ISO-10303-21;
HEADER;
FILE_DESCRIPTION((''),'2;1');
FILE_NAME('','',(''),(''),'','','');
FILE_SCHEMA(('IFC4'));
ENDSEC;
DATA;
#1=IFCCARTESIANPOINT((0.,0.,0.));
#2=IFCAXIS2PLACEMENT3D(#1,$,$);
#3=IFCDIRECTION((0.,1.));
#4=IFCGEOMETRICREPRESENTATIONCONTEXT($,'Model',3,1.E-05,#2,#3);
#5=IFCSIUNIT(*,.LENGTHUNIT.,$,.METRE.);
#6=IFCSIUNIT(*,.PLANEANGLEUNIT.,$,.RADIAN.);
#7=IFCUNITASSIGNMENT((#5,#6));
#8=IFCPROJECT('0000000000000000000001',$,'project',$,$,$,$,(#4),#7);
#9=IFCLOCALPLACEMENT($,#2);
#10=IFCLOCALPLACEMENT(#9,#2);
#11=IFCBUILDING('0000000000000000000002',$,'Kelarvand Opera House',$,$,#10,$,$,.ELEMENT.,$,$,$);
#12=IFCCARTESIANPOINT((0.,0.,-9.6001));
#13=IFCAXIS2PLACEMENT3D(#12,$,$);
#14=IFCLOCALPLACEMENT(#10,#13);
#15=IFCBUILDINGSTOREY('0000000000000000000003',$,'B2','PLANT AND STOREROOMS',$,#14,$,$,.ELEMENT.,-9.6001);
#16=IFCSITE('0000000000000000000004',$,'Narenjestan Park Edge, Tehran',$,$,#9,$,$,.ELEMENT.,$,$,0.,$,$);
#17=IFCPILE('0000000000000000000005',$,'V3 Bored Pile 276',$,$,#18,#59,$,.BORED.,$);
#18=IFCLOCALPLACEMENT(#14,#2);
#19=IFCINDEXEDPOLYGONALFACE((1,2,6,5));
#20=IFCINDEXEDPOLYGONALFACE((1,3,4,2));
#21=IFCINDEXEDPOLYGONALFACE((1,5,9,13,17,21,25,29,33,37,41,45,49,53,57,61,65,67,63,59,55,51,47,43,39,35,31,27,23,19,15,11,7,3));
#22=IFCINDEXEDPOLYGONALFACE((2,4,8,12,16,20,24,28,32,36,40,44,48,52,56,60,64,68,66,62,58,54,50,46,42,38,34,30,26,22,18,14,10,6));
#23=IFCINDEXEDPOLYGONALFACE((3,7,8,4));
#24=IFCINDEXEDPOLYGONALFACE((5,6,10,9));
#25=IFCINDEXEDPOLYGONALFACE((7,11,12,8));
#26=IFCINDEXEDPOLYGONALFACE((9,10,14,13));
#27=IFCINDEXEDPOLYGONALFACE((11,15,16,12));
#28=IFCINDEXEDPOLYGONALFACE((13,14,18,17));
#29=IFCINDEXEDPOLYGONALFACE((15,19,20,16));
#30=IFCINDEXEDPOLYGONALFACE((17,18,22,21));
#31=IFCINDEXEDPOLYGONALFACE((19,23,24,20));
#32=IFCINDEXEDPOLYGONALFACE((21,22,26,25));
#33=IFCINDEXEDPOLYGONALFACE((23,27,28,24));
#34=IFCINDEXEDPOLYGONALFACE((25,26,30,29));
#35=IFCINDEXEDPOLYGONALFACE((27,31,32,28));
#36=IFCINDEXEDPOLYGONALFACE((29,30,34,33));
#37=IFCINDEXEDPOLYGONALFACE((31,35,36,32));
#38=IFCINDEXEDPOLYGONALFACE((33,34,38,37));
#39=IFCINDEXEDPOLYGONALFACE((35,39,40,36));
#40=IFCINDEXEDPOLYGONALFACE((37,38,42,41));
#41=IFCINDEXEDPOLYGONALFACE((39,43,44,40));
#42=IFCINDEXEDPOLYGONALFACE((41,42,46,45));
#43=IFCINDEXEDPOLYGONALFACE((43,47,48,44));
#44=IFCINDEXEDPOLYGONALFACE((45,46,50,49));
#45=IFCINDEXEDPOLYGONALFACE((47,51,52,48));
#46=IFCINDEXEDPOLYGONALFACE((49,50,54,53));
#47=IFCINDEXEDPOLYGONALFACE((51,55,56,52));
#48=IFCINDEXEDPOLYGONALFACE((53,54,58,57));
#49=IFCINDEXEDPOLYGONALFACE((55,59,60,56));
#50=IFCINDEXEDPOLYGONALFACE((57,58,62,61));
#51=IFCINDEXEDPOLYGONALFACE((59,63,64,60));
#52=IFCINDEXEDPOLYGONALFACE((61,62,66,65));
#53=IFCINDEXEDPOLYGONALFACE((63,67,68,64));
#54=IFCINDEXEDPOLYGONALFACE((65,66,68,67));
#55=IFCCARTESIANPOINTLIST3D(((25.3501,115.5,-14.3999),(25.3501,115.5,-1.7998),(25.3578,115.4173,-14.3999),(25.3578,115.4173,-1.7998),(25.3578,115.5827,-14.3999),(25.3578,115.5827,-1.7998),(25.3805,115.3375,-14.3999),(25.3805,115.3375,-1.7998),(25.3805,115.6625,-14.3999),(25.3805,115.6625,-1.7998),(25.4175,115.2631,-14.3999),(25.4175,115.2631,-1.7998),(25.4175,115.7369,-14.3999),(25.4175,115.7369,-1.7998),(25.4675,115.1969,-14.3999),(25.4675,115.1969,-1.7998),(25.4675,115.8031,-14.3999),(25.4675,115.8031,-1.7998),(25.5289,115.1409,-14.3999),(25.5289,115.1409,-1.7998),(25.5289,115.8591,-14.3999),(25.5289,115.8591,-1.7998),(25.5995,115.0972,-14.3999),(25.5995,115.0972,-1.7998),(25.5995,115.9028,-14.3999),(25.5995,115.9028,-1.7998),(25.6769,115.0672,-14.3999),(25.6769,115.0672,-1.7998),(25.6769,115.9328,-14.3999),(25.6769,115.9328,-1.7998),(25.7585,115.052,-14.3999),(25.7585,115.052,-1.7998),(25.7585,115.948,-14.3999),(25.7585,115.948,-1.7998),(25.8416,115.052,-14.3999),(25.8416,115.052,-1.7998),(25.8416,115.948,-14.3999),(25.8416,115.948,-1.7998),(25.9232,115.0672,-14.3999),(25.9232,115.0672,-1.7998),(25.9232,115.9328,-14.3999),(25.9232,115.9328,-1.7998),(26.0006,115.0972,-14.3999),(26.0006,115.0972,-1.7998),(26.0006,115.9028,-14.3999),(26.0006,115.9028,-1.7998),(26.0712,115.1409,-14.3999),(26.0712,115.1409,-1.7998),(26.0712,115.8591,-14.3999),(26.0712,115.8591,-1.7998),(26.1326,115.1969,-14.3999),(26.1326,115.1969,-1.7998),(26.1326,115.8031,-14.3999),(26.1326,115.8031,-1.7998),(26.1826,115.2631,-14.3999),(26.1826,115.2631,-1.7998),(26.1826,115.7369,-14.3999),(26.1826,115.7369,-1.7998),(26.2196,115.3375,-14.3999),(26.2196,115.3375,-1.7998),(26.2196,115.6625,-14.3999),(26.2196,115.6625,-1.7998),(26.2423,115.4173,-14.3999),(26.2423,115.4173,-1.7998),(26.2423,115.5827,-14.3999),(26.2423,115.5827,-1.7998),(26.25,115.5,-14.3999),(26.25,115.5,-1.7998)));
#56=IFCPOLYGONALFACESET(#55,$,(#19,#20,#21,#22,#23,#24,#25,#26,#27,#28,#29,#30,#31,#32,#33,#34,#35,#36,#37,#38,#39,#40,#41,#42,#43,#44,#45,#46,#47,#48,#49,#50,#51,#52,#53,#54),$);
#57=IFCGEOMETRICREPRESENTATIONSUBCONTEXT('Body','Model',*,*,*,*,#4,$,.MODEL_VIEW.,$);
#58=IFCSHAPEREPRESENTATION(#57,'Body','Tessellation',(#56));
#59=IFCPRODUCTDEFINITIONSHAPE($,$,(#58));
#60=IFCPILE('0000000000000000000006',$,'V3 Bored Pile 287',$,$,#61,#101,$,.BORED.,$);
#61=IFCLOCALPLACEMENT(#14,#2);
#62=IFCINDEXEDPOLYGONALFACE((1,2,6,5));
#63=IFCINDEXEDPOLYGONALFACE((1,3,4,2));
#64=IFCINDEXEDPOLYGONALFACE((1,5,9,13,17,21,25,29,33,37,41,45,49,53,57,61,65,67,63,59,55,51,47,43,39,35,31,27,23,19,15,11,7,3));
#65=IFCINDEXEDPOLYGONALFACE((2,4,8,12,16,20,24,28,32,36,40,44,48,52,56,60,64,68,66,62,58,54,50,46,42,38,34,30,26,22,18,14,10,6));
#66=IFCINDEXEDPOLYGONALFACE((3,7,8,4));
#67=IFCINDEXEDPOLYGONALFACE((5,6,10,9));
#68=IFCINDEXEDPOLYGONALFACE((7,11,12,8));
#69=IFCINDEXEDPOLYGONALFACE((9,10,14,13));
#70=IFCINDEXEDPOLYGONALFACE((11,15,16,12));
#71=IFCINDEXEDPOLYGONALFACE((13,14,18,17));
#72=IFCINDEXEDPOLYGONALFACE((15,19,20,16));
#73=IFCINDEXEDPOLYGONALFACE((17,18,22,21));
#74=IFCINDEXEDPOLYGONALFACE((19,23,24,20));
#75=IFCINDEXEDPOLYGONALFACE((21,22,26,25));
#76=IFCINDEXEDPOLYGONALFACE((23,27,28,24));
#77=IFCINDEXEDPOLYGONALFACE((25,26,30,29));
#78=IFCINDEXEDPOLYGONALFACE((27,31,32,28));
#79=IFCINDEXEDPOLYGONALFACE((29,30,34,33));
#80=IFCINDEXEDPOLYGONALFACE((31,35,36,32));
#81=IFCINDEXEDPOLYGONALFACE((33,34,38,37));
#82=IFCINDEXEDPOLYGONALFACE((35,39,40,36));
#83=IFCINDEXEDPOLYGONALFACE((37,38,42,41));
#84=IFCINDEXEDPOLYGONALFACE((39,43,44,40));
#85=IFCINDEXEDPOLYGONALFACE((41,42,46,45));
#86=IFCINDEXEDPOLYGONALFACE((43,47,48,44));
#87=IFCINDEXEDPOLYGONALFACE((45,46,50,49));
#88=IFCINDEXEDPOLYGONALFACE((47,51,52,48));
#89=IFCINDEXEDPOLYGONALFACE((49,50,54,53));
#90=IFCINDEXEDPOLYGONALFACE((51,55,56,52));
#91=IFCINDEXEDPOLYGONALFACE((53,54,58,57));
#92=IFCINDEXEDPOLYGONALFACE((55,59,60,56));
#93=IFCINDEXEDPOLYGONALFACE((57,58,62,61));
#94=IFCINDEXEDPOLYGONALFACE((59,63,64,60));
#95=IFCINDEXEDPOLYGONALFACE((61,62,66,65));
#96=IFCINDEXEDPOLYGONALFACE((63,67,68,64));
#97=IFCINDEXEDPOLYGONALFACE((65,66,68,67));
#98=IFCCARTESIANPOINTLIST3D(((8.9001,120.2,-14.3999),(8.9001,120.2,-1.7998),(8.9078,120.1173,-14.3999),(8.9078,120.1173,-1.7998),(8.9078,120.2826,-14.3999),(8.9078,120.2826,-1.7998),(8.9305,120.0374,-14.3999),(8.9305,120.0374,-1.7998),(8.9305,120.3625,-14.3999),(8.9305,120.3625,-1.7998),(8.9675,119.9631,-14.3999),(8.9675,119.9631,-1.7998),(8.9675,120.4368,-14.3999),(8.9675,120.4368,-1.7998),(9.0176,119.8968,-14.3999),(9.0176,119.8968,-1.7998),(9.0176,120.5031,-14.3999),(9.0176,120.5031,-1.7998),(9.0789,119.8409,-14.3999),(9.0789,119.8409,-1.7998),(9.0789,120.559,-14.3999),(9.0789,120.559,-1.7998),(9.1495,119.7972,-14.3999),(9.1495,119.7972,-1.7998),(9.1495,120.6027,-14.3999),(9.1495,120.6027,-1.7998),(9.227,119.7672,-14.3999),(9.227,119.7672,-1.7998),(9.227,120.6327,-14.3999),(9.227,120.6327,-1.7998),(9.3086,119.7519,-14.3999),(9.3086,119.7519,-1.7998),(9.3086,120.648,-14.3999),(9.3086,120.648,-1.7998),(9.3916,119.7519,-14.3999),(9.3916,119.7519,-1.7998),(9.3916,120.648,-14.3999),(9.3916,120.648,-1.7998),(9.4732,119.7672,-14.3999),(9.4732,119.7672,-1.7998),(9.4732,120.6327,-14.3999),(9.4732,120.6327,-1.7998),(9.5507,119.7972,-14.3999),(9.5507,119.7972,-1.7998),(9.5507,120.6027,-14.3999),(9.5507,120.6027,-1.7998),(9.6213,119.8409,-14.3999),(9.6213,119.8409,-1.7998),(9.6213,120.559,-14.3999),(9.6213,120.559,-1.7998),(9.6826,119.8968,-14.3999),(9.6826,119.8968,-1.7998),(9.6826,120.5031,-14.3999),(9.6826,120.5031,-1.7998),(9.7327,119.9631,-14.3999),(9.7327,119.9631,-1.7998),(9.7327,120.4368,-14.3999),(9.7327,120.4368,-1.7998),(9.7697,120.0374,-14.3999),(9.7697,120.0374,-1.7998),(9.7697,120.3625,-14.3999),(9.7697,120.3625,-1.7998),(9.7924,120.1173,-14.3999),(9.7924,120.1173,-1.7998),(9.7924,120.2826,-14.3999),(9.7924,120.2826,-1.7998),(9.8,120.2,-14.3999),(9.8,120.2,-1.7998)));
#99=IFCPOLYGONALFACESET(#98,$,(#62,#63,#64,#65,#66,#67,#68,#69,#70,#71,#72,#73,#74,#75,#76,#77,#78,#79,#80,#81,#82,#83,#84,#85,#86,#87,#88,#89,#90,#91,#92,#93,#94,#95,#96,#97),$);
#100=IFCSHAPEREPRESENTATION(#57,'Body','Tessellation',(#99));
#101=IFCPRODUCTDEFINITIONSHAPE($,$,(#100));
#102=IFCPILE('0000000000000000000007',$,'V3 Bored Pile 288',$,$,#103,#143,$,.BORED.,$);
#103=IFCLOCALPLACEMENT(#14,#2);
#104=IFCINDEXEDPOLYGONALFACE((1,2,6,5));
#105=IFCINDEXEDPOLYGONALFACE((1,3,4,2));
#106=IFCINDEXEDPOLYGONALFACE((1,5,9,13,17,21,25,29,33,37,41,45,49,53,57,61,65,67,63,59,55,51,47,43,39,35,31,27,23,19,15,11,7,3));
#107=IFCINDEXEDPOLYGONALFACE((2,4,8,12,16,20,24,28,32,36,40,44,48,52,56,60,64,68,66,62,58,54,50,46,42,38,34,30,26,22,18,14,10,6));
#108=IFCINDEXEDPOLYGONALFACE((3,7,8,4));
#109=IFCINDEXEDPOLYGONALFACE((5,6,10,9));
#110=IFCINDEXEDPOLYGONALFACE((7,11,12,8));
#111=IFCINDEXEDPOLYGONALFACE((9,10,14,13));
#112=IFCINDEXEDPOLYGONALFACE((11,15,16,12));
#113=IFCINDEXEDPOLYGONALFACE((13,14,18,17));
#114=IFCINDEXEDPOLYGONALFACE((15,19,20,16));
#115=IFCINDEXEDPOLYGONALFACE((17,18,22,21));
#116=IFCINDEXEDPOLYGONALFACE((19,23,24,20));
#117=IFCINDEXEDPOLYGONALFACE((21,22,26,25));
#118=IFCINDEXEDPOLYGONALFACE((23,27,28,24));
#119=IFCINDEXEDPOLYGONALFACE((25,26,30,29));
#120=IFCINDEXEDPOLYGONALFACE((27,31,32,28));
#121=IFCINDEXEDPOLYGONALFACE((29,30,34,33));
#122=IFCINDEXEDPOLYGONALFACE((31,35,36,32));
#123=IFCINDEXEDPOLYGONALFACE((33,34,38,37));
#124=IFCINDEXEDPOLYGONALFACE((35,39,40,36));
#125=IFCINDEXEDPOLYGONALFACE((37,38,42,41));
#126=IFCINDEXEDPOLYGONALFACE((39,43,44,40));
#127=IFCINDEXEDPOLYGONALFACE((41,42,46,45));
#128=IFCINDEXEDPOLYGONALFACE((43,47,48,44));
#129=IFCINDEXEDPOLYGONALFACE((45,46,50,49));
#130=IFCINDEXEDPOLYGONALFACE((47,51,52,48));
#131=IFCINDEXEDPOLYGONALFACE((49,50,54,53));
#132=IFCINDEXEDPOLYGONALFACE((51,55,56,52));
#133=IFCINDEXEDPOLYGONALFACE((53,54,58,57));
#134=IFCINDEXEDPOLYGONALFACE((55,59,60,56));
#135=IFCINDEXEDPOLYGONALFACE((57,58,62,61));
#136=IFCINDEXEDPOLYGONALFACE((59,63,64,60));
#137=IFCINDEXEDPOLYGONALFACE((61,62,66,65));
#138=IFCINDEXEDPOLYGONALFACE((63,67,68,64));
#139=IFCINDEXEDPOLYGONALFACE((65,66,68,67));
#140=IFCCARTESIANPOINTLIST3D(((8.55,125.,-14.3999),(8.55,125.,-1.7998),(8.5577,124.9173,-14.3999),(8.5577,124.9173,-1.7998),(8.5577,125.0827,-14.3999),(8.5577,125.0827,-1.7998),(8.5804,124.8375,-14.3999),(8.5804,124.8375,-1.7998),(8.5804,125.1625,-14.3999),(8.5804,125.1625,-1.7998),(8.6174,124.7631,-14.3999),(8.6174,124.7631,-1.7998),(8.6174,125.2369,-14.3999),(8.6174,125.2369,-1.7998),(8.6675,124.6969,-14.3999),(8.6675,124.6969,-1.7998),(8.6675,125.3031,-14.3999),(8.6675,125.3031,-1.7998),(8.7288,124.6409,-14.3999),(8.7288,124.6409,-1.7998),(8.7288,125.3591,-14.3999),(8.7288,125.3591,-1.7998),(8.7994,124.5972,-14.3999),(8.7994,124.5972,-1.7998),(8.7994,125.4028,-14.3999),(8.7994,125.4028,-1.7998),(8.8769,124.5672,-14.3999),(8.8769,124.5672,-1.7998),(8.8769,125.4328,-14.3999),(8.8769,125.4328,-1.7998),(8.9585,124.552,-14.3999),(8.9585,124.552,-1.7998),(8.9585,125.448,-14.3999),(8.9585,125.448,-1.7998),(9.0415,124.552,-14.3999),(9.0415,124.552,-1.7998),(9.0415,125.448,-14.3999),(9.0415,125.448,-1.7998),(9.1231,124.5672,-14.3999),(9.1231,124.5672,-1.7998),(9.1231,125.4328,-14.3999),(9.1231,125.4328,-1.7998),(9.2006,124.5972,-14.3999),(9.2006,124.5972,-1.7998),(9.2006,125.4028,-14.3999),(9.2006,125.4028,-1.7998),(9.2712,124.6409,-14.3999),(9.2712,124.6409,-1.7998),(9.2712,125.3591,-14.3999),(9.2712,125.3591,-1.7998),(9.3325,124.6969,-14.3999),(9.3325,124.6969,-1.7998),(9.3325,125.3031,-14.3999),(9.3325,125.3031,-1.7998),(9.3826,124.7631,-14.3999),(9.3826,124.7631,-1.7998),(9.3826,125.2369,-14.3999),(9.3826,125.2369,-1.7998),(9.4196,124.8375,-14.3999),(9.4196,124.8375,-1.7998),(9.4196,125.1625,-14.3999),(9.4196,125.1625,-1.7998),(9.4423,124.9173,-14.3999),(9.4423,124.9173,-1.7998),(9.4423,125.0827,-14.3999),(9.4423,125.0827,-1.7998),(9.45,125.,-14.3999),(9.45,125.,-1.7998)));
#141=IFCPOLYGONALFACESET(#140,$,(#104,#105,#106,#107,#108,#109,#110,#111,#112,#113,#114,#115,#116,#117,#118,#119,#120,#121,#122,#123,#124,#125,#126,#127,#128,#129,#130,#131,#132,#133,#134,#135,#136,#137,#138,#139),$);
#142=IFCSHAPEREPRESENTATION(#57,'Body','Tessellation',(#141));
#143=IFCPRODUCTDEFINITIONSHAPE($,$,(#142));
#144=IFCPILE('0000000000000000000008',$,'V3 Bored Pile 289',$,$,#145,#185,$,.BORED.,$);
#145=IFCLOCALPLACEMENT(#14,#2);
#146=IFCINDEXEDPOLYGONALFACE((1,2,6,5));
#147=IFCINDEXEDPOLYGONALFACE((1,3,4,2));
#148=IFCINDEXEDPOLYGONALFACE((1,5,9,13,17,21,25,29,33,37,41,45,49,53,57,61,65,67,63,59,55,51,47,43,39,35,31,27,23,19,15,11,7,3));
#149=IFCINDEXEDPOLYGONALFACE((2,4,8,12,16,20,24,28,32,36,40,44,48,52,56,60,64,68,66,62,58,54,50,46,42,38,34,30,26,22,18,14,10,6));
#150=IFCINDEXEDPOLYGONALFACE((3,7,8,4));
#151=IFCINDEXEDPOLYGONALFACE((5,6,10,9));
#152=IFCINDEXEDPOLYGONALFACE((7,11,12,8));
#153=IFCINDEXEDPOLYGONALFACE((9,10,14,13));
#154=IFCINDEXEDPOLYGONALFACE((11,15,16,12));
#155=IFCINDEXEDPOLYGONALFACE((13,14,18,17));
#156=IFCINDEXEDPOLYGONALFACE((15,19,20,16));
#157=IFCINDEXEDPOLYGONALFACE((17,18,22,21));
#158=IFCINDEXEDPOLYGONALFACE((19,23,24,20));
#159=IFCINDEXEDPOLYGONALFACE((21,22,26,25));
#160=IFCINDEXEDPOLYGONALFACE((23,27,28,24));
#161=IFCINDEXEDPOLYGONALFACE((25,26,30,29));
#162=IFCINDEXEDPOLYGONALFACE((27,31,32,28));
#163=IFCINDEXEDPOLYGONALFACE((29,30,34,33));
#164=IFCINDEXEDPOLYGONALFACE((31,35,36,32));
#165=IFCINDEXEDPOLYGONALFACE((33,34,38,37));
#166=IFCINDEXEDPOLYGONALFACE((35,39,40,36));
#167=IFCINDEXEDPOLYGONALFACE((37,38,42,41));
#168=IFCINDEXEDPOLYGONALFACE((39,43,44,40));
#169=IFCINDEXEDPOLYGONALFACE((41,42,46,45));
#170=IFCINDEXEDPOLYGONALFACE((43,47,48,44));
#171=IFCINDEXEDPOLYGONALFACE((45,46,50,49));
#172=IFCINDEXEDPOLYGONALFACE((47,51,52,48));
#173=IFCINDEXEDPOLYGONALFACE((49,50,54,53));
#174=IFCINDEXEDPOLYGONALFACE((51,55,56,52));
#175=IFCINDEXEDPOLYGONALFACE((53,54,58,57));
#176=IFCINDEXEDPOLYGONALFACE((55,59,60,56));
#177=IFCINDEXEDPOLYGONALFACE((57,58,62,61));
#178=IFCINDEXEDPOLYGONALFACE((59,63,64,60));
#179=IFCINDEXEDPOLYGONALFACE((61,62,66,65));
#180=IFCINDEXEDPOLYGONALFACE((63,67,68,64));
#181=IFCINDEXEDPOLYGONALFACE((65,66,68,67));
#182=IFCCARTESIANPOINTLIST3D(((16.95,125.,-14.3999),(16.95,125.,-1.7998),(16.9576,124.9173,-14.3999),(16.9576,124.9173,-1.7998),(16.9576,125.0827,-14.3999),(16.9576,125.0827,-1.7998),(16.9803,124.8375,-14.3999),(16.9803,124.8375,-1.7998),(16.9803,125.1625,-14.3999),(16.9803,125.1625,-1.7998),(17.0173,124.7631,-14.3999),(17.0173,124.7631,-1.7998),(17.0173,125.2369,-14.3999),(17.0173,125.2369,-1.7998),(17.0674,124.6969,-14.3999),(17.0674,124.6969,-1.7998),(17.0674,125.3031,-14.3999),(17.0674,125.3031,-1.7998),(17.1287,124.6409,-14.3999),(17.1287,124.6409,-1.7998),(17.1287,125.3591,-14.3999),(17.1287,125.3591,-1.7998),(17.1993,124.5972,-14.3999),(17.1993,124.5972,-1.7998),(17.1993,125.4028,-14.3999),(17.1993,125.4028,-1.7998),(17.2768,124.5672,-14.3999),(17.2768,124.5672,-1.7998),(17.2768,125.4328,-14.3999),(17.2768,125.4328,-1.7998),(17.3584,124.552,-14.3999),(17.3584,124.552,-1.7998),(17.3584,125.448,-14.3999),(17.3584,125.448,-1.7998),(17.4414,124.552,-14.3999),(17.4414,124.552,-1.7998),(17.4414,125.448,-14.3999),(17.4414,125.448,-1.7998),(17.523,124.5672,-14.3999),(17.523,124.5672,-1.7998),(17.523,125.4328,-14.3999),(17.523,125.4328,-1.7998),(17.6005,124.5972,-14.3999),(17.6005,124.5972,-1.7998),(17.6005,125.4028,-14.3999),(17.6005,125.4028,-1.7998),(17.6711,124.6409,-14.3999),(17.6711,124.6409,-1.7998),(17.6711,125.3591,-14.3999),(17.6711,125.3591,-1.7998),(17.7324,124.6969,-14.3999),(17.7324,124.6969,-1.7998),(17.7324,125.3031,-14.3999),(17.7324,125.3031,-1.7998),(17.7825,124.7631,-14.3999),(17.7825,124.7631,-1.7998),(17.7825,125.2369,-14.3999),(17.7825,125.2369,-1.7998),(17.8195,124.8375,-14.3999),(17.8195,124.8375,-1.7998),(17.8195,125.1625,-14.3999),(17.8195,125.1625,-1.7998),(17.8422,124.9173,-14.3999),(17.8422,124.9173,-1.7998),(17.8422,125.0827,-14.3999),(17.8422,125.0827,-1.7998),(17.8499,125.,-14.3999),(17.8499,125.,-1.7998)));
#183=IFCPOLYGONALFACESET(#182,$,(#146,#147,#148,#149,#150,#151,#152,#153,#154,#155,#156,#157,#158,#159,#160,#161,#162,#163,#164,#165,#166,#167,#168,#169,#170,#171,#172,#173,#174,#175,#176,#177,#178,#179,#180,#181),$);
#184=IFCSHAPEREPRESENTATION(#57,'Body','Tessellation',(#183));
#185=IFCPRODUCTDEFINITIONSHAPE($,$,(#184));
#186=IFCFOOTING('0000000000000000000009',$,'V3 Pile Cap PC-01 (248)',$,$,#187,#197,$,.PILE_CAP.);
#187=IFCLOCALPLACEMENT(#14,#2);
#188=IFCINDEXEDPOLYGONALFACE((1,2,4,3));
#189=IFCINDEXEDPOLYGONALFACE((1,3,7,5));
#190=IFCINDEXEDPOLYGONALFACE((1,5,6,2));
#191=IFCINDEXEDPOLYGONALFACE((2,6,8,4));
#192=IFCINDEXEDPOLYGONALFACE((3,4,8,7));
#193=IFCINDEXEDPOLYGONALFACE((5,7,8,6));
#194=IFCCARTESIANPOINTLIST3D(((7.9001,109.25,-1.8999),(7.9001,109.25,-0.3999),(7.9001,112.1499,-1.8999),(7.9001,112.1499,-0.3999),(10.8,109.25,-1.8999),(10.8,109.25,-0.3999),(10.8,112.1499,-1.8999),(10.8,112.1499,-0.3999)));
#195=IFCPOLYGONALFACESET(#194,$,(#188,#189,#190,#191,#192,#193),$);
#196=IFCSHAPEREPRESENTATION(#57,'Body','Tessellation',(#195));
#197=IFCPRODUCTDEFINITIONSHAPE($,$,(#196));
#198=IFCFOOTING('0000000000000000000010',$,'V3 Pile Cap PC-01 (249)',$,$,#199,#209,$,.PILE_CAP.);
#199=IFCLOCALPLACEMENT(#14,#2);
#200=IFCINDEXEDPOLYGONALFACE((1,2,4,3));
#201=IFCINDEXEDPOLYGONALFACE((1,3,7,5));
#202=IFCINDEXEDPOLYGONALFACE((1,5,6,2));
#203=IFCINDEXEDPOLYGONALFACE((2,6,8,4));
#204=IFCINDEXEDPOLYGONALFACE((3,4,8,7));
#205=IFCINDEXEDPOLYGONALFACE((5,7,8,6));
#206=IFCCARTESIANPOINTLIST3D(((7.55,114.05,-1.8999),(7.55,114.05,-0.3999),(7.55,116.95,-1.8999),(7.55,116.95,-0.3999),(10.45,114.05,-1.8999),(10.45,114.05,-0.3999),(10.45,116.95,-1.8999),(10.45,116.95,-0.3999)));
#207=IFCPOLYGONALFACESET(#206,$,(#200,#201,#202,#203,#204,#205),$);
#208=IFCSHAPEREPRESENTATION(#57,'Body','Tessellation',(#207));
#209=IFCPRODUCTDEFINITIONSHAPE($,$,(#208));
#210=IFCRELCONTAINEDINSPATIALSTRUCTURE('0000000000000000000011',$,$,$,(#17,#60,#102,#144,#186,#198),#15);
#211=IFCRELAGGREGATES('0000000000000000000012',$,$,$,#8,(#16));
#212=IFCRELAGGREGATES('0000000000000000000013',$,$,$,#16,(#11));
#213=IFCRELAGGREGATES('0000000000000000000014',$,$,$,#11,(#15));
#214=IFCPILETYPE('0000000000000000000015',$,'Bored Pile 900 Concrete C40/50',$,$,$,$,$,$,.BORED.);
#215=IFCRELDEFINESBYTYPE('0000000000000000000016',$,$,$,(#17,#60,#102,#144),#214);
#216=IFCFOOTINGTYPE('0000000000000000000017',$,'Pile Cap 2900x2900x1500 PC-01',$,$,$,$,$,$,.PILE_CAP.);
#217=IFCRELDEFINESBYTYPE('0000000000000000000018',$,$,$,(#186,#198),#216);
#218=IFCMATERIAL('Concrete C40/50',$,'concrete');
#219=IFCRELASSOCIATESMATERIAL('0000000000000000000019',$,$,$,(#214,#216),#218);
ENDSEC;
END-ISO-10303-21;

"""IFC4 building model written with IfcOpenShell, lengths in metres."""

from ifc_helpers import new_model, si_unit, direction, frame, origin, origin_2d, place, context, subcontext, project, spatial, rectangle, circle, extrude, material, material_profile, profile_set, type_object, element, save


model = new_model("IFC4")

# Units and contexts
model_context = context("Model", 3, precision=1e-05, world=origin(), true_north=direction((0.0, 1.0)))
body_context = subcontext(model_context, "Body", "Model", "MODEL_VIEW")
ifc_project = project(units=[si_unit("LENGTHUNIT", "METRE"), si_unit("PLANEANGLEUNIT", "RADIAN")], contexts=[model_context])

# Site, building, storey
site_placement = place(None, origin())
site = spatial("IfcSite", under=ifc_project, at=site_placement, Name="Narenjestan Park Edge, Tehran", CompositionType="ELEMENT", RefElevation=0.0)
building_placement = place(site_placement, origin())
building = spatial("IfcBuilding", under=site, at=building_placement, Name="Kelarvand Opera House", CompositionType="ELEMENT")
storey_placement = place(building_placement, frame((0.0, 0.0, -9.6001)))
storey = spatial("IfcBuildingStorey", under=building, at=storey_placement, Name="B2", Description="PLANT AND STOREROOMS", CompositionType="ELEMENT", Elevation=-9.6001)

# Piles
ifc_material_1 = material(Name="Concrete C40/50", Category="concrete")
ifc_material_profile_1 = material_profile(ifc_material_1, circle(Radius=0.45, at=origin_2d()), Name="BP 900", Category="concrete")
ifc_profile_set_1 = profile_set([ifc_material_profile_1], Name="Concrete C40/50")
pile_type = type_object("IfcPileType", Name="Bored Pile 900 Concrete C40/50", PredefinedType="BORED", material=ifc_profile_set_1)
for number, where, z_axis, x_axis, name in (
    (1, (25.8, 115.5, -1.7998), (0.0, 0.0, -1.0), (1.0, 0.0, 0.0), "V3 Bored Pile 276"),
    (2, (9.3501, 120.2, -1.7998), (0.0, 0.0, -1.0), (1.0, 0.0, 0.0), "V3 Bored Pile 287"),
    (3, (9.0, 125.0, -1.7998), (0.0, 0.0, -1.0), (1.0, 0.0, 0.0), "V3 Bored Pile 288"),
    (4, (17.3999, 125.0, -1.7998), (0.0, 0.0, -1.0), (1.0, 0.0, 0.0), "V3 Bored Pile 289"),
):
    element("IfcPile", number, at=place(storey_placement, frame(where, z_axis=z_axis, x_axis=x_axis)), inside=storey, type_object=pile_type, Name=name, PredefinedType="BORED", context=body_context, shape_type="SweptSolid", body=[
        extrude(circle(Radius=0.45, at=origin_2d()), origin(), (0.0, 0.0, 1.0), 12.6001),
    ])

# Footings
footing_type = type_object("IfcFootingType", Name="Pile Cap 2900x2900x1500 PC-01", PredefinedType="PILE_CAP", material=ifc_material_1)
for number, where, z_axis, x_axis, name in (
    (5, (9.3501, 110.7, -1.8999), (0.0, 0.0, 1.0), (1.0, 0.0, 0.0), "V3 Pile Cap PC-01 (248)"),
    (6, (9.0, 115.5, -1.8999), (0.0, 0.0, 1.0), (1.0, 0.0, 0.0), "V3 Pile Cap PC-01 (249)"),
):
    element("IfcFooting", number, at=place(storey_placement, frame(where, z_axis=z_axis, x_axis=x_axis)), inside=storey, type_object=footing_type, Name=name, PredefinedType="PILE_CAP", context=body_context, shape_type="SweptSolid", body=[
        extrude(rectangle(XDim=2.8999, YDim=2.8999, at=origin_2d()), origin(), (0.0, 0.0, 1.0), 1.5),
    ])

save(model, "model.ifc")
